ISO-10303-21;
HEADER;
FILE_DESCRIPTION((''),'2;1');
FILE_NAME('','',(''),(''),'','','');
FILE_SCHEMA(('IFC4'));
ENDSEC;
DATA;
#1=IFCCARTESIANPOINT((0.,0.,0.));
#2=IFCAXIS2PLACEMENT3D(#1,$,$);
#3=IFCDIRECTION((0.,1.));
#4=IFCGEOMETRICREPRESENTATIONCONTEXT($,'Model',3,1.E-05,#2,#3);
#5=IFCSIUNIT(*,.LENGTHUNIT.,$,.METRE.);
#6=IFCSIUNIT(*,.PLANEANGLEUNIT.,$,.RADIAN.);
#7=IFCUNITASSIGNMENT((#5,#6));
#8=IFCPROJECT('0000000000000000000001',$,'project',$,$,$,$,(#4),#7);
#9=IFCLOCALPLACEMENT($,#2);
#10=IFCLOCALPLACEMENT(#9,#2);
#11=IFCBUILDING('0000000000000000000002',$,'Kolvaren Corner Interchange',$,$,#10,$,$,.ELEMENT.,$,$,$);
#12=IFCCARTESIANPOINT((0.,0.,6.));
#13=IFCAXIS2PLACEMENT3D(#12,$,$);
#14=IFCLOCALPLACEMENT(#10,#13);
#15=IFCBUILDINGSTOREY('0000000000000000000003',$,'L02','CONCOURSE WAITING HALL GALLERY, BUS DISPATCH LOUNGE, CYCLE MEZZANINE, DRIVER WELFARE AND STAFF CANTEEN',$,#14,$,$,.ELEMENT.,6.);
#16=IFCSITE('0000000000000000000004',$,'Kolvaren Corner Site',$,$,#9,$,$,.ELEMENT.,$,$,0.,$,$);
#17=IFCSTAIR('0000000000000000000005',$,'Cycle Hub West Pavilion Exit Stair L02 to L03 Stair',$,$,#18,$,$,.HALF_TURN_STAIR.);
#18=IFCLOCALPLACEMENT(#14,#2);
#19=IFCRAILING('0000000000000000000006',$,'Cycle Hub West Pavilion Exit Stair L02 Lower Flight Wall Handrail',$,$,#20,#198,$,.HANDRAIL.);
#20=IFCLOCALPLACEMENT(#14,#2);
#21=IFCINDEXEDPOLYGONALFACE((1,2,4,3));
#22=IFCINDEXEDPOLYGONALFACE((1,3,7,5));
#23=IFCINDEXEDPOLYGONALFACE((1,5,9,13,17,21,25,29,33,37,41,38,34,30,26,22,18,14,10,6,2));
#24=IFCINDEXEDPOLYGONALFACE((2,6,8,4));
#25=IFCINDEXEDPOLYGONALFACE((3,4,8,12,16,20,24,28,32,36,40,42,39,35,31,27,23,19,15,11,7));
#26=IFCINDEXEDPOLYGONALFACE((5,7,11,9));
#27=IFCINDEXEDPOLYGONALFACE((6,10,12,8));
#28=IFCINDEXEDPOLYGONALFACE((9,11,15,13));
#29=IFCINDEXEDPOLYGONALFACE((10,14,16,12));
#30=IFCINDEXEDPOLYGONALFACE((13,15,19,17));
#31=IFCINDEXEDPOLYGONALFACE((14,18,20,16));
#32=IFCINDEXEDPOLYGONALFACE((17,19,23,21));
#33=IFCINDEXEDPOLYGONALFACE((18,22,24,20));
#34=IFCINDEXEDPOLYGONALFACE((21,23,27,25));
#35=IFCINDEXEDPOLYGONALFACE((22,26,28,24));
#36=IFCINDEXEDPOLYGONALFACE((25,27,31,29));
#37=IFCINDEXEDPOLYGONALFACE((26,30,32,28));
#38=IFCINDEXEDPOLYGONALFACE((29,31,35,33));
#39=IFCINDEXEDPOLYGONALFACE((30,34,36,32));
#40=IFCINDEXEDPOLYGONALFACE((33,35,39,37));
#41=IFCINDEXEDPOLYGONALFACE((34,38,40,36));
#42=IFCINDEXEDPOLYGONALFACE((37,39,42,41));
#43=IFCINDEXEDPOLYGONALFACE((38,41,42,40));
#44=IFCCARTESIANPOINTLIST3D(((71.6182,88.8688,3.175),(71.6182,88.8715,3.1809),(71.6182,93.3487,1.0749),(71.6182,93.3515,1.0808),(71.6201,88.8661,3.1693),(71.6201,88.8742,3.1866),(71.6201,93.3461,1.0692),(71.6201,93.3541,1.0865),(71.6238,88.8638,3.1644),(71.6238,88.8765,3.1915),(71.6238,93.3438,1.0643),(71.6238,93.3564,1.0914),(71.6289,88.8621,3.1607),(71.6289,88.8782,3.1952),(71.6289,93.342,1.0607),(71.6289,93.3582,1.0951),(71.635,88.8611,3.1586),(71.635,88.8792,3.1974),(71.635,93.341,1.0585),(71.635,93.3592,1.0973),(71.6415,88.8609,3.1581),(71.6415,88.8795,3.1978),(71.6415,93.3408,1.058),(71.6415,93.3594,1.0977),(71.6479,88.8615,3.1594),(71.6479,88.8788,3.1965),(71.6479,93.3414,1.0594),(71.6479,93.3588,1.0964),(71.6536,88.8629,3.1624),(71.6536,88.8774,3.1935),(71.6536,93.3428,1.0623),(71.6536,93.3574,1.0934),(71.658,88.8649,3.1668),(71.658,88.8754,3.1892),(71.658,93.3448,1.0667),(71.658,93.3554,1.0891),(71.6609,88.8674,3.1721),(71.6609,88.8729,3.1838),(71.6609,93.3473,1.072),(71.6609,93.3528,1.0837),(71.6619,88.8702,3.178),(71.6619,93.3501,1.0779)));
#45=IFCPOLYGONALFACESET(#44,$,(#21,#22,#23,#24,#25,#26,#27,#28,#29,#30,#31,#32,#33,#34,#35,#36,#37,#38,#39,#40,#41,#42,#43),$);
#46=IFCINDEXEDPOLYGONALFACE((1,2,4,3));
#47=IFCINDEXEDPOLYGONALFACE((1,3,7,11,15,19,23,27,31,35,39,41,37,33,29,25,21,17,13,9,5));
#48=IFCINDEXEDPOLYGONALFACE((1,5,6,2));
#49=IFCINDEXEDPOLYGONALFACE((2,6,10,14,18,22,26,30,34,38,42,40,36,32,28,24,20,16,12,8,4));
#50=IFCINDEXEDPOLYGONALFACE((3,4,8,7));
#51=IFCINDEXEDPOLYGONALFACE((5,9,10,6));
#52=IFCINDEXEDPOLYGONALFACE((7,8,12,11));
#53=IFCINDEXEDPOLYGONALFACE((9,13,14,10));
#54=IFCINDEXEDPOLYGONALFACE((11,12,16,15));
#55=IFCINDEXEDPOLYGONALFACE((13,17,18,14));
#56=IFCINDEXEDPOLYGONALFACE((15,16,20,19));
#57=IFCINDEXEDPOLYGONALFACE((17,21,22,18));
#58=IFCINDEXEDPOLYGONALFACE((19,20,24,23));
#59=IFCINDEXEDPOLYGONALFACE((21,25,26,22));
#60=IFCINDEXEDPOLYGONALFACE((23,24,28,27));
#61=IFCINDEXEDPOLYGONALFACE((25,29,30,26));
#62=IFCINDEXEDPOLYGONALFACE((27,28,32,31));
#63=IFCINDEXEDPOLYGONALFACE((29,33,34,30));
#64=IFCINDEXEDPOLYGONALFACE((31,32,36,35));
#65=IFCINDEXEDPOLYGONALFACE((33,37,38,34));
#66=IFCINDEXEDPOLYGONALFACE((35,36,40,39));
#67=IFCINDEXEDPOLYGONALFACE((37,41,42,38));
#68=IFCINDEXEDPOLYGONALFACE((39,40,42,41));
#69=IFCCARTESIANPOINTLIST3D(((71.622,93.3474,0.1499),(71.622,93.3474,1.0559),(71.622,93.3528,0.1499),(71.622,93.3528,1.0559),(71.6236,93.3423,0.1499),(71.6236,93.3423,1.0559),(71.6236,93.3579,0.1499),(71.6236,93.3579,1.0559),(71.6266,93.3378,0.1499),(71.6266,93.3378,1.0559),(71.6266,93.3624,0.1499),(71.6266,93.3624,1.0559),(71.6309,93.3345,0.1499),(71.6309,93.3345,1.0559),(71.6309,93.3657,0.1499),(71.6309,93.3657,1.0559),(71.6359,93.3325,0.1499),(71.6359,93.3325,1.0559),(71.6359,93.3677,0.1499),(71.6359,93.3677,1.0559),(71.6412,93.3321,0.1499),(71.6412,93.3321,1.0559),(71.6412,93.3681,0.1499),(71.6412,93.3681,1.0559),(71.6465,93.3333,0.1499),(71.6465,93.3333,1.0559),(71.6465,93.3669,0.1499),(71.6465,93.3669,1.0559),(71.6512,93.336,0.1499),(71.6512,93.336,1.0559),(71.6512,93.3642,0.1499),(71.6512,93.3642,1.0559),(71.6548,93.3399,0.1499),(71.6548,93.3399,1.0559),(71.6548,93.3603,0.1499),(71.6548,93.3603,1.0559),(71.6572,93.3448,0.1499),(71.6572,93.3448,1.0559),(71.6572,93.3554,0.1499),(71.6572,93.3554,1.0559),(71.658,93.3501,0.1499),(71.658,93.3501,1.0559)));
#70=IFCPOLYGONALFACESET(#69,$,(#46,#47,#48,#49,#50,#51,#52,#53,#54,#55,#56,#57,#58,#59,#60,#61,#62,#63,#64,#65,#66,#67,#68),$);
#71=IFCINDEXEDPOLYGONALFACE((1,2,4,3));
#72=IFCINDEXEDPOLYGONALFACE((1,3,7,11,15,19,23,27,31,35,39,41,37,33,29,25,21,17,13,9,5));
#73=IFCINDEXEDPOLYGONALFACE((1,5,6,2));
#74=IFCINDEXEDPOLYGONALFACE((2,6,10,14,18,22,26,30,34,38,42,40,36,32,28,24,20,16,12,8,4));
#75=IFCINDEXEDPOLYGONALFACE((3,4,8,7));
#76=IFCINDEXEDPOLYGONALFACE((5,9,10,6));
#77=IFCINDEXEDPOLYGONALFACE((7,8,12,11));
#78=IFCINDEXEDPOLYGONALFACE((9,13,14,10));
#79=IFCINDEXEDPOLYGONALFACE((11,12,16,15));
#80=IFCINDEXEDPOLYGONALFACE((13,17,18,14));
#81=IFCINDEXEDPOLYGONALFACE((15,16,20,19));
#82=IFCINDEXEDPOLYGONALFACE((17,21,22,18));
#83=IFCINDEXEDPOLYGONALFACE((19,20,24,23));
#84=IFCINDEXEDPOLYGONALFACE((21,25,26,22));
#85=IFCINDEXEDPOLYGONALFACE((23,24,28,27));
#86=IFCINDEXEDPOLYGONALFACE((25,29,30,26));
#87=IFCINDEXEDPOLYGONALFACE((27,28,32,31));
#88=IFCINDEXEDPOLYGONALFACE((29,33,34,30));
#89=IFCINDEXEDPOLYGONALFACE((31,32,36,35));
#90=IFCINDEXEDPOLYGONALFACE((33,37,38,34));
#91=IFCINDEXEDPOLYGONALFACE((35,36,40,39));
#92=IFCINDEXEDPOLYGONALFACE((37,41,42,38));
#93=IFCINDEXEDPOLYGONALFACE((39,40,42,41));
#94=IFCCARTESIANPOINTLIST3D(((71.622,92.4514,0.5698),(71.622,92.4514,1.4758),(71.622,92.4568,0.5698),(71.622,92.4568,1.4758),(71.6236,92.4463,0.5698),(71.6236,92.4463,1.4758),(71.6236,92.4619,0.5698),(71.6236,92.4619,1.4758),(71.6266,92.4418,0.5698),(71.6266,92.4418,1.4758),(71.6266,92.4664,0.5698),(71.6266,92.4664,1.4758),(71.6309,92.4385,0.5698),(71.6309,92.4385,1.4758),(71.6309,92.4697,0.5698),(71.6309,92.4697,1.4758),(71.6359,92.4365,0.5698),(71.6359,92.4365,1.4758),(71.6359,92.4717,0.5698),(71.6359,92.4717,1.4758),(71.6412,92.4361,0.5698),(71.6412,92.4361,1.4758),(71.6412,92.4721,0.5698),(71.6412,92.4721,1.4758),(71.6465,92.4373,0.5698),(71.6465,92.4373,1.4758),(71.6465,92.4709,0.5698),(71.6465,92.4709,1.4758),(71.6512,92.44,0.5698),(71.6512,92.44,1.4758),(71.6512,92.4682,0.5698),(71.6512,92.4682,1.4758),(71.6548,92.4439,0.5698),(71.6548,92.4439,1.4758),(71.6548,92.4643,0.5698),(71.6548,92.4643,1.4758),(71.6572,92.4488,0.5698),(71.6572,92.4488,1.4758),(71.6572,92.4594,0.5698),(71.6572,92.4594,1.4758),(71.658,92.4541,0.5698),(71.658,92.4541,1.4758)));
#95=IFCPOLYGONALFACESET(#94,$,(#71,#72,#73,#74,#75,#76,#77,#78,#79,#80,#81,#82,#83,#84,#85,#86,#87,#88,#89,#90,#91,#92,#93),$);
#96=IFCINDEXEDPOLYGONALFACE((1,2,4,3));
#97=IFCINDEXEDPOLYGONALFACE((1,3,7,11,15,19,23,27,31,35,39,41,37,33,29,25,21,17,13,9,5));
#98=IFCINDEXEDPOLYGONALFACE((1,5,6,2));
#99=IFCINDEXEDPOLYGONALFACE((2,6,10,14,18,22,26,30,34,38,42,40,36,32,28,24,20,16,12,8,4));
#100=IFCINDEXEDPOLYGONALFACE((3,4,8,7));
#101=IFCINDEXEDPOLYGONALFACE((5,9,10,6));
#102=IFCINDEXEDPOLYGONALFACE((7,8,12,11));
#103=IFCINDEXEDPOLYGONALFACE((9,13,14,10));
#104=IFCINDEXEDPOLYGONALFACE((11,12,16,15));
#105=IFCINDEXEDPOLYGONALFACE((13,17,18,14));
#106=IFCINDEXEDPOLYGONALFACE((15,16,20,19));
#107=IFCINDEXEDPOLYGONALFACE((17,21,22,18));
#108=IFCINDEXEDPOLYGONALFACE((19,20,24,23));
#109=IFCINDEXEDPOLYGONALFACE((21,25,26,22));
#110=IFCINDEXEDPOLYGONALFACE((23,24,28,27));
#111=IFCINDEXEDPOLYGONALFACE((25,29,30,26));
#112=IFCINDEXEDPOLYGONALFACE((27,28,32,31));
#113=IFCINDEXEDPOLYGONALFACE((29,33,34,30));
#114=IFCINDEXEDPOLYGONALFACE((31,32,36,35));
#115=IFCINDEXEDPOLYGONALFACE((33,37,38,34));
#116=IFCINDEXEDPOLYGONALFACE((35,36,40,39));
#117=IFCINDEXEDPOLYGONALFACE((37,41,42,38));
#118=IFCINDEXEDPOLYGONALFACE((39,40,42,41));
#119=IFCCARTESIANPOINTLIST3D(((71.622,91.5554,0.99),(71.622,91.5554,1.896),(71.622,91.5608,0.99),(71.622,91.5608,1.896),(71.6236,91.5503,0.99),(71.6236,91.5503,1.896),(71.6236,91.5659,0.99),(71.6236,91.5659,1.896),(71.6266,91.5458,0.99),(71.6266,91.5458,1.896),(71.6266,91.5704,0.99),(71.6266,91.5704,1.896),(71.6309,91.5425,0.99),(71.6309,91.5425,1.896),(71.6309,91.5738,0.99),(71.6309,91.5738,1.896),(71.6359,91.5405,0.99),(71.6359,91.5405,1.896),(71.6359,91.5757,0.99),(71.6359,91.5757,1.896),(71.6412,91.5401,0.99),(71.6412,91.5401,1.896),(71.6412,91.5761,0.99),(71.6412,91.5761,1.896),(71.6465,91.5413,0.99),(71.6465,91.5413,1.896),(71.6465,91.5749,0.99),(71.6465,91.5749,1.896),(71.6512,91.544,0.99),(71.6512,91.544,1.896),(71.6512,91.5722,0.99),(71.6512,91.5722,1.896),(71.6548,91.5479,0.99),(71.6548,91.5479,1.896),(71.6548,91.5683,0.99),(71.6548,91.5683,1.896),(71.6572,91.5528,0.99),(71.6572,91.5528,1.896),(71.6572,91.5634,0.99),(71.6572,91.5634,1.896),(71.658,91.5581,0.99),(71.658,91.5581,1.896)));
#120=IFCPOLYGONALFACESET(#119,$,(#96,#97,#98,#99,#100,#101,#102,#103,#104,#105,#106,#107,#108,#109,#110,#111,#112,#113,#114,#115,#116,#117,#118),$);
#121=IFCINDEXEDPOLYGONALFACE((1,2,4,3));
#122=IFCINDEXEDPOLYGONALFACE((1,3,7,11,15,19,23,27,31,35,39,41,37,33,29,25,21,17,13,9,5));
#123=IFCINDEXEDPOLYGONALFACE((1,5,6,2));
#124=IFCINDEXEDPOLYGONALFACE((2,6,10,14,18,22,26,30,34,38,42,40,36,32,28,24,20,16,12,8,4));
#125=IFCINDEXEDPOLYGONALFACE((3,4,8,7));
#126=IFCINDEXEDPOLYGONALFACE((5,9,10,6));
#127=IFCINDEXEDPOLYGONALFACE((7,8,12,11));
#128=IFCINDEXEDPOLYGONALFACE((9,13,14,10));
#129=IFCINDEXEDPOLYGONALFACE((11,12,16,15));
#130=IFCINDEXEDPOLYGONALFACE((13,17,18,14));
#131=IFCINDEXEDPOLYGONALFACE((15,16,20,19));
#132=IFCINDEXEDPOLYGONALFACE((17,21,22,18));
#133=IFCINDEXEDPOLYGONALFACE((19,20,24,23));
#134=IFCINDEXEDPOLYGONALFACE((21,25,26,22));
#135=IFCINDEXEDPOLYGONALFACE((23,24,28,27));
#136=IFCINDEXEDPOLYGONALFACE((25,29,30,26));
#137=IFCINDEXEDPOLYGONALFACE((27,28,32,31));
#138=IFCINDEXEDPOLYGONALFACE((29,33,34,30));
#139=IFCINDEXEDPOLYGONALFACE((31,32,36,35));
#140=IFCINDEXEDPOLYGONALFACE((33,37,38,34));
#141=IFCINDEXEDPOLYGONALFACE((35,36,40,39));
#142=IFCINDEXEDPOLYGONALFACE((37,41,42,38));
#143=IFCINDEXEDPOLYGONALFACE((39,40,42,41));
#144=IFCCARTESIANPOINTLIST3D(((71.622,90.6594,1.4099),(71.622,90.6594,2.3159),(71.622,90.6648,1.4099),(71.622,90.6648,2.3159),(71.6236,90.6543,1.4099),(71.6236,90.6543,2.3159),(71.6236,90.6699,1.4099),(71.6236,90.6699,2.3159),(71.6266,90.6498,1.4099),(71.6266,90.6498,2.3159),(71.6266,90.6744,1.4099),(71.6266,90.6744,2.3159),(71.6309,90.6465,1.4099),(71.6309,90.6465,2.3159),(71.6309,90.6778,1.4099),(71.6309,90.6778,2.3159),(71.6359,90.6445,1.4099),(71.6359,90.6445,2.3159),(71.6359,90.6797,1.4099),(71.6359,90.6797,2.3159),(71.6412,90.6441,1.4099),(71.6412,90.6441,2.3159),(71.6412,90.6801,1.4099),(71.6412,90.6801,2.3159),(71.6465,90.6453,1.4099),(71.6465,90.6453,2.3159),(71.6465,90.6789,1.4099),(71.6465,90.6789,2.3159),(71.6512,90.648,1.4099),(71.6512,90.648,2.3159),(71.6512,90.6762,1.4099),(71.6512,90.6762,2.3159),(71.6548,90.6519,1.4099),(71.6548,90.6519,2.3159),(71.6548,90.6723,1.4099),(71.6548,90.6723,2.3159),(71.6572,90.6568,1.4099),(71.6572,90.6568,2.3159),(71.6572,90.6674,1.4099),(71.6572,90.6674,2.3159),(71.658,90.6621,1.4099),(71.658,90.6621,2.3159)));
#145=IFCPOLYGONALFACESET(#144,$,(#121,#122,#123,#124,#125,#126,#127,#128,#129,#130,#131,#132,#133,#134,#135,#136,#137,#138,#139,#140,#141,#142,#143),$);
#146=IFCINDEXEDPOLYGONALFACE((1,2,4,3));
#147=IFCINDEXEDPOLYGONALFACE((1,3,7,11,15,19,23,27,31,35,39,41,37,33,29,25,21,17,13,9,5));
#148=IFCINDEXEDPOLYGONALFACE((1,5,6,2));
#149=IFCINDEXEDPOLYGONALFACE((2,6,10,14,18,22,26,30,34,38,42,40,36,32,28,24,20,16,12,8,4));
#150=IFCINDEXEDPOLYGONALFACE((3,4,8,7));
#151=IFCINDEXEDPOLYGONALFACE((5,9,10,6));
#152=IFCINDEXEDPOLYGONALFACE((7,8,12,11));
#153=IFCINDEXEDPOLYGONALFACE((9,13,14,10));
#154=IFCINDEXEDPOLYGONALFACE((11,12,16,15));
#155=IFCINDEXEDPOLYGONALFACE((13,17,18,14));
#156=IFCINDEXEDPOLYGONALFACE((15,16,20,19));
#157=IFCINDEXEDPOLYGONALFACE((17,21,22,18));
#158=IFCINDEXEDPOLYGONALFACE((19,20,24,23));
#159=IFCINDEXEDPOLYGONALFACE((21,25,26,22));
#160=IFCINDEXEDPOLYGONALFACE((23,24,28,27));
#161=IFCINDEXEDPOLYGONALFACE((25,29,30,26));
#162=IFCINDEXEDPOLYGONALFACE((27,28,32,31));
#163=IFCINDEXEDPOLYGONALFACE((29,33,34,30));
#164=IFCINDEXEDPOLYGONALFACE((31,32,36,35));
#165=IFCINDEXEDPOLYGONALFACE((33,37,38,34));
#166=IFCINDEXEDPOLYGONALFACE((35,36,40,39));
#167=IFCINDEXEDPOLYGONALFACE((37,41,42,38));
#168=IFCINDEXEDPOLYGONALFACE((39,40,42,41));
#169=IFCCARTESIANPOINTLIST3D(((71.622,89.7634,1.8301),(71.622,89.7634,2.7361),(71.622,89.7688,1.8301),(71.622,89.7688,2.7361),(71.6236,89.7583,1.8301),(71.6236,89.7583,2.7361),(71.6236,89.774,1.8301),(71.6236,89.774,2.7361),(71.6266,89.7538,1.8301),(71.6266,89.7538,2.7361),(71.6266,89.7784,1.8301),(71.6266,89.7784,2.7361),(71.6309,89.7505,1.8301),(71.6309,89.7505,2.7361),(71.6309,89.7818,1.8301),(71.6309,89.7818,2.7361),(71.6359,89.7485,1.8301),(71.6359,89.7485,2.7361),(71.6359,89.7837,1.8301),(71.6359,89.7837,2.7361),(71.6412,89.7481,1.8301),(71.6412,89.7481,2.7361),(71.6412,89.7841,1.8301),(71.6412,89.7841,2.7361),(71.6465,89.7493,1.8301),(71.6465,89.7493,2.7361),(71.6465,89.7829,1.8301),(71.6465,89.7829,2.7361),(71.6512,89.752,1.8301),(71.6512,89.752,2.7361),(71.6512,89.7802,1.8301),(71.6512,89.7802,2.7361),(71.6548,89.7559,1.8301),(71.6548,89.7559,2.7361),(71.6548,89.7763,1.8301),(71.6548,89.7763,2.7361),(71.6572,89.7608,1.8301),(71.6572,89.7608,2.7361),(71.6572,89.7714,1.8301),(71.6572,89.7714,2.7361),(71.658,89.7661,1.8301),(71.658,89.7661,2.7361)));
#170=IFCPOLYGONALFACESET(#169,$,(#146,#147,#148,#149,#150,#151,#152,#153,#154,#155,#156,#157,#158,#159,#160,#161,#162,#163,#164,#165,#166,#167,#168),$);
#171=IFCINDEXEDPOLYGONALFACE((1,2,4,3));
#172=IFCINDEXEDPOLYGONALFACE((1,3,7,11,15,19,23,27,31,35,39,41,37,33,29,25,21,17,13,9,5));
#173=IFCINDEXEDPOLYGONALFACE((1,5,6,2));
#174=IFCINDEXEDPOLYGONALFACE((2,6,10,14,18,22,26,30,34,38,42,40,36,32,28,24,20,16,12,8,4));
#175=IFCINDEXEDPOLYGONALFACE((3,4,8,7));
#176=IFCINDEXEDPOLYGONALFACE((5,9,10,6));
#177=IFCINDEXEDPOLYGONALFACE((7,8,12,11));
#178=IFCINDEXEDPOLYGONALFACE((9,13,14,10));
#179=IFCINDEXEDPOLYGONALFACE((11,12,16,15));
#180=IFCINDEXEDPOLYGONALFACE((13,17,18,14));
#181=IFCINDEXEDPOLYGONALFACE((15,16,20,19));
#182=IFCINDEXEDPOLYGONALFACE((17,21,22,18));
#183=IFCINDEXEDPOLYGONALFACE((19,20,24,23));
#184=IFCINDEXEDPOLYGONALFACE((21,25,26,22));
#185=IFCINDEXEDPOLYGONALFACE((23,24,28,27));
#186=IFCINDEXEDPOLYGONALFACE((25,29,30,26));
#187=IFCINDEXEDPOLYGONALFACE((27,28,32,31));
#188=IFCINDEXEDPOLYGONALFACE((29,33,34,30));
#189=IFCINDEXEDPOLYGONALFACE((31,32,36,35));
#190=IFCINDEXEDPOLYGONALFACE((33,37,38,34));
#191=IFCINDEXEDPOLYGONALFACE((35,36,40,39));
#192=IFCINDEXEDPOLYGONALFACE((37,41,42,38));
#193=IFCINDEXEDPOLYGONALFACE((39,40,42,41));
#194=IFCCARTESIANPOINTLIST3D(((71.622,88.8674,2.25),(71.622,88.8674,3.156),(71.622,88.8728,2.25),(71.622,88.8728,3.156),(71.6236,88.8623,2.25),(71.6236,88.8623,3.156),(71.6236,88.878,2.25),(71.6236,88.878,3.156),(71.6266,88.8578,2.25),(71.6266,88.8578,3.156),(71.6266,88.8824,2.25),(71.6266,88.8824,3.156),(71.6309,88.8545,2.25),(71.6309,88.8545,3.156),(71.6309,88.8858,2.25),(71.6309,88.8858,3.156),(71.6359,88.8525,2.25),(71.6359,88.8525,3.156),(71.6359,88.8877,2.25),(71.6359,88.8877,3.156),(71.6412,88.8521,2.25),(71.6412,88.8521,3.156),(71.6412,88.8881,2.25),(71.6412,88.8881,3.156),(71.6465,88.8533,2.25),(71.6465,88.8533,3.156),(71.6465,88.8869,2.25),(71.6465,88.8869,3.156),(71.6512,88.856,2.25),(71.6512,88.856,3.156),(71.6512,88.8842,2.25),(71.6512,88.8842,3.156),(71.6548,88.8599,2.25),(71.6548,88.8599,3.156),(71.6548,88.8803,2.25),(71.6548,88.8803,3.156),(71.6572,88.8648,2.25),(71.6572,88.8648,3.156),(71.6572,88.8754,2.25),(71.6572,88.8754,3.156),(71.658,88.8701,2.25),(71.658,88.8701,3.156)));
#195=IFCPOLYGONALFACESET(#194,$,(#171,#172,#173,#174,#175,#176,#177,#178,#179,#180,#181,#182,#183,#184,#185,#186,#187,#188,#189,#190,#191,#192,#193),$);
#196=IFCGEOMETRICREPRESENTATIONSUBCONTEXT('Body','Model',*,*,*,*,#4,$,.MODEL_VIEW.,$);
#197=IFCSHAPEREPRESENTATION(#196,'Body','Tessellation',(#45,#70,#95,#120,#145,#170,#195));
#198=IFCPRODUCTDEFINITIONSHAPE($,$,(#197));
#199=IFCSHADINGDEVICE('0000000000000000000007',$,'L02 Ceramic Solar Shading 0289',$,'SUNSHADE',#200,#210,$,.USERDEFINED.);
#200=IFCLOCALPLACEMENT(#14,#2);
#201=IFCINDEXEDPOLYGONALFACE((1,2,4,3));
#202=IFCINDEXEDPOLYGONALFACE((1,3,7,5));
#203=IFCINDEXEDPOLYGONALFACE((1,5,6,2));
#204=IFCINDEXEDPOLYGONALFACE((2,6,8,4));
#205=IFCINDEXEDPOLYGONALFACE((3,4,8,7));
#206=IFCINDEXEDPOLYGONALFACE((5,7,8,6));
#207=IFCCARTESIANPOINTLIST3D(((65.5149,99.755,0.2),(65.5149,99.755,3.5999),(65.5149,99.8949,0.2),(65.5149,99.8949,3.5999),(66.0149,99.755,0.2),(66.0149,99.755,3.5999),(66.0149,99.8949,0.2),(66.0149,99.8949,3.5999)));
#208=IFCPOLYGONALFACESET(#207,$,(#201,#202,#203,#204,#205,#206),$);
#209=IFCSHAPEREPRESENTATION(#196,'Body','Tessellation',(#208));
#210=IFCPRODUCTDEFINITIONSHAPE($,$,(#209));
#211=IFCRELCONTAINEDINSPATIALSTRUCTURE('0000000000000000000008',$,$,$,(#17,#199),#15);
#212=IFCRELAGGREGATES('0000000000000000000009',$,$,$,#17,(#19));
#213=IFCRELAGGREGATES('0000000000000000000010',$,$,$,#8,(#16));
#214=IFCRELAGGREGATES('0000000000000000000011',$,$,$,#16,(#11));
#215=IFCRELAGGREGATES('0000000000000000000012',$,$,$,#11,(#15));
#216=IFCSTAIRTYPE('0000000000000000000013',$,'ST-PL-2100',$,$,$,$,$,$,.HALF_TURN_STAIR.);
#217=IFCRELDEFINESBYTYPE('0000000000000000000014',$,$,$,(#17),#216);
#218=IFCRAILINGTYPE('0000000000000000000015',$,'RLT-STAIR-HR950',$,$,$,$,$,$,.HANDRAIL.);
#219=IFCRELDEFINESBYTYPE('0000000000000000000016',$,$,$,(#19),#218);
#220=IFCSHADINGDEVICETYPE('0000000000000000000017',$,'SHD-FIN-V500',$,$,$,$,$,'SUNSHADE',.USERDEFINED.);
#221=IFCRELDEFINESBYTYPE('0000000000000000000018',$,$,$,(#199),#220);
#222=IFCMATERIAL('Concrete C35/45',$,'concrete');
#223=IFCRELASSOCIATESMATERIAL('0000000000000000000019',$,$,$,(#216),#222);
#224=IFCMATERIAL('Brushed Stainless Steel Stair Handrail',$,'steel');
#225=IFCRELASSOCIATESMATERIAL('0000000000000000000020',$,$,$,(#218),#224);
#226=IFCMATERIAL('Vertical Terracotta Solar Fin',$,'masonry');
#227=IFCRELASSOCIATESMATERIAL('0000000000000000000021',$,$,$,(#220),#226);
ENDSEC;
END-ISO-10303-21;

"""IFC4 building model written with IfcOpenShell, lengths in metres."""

from ifc_helpers import new_model, si_unit, direction, frame, origin, origin_2d, place, context, subcontext, project, spatial, rectangle, circle, extrude, material, type_object, element, aggregate, save


model = new_model("IFC4")

# Units and contexts
model_context = context("Model", 3, precision=1e-05, world=origin(), true_north=direction((0.0, 1.0)))
body_context = subcontext(model_context, "Body", "Model", "MODEL_VIEW")
ifc_project = project(units=[si_unit("LENGTHUNIT", "METRE"), si_unit("PLANEANGLEUNIT", "RADIAN")], contexts=[model_context])

# Site, building, storey
site_placement = place(None, origin())
site = spatial("IfcSite", under=ifc_project, at=site_placement, Name="Kolvaren Corner Site", CompositionType="ELEMENT", RefElevation=0.0)
building_placement = place(site_placement, origin())
building = spatial("IfcBuilding", under=site, at=building_placement, Name="Kolvaren Corner Interchange", CompositionType="ELEMENT")
storey_placement = place(building_placement, frame((0.0, 0.0, 6.0)))
storey = spatial("IfcBuildingStorey", under=building, at=storey_placement, Name="L02", Description="CONCOURSE WAITING HALL GALLERY, BUS DISPATCH LOUNGE, CYCLE MEZZANINE, DRIVER WELFARE AND STAFF CANTEEN", CompositionType="ELEMENT", Elevation=6.0)

# Stair
ifc_material_1 = material(Name="Concrete C35/45", Category="concrete")
stair_type = type_object("IfcStairType", Name="ST-PL-2100", PredefinedType="HALF_TURN_STAIR", material=ifc_material_1)
stair_placement = place(storey_placement, origin())
stair = element("IfcStair", 1, at=stair_placement, inside=storey, type_object=stair_type, Name="Cycle Hub West Pavilion Exit Stair L02 to L03 Stair", PredefinedType="HALF_TURN_STAIR")

# Railing
ifc_material_2 = material(Name="Brushed Stainless Steel Stair Handrail", Category="steel")
railing_type_1 = type_object("IfcRailingType", Name="RLT-STAIR-HR950", PredefinedType="HANDRAIL", material=ifc_material_2)
railing_1_placement = place(storey_placement, frame((71.6399, 93.3501, 0.1499)))
railing_1 = element("IfcRailing", 2, at=railing_1_placement, type_object=railing_type_1, Name="Cycle Hub West Pavilion Exit Stair L02 Lower Flight Wall Handrail", PredefinedType="HANDRAIL", context=body_context, shape_type="SweptSolid", body=[
    extrude(circle(Radius=0.022, at=origin_2d()), frame((0.0, 0.0, 0.928), z_axis=(0.0, -0.905451, 0.424452), x_axis=(1.0, 0.0, 0.0)), (0.0, 0.0, 1.0), 4.9478),
    extrude(circle(Radius=0.0181, at=origin_2d()), origin(), (0.0, 0.0, 1.0), 0.906),
    extrude(circle(Radius=0.0181, at=origin_2d()), frame((0.0, -0.896, 0.4199)), (0.0, 0.0, 1.0), 0.906),
    extrude(circle(Radius=0.0181, at=origin_2d()), frame((0.0, -1.792, 0.8401)), (0.0, 0.0, 1.0), 0.906),
    extrude(circle(Radius=0.0181, at=origin_2d()), frame((0.0, -2.688, 1.26)), (0.0, 0.0, 1.0), 0.906),
    extrude(circle(Radius=0.0181, at=origin_2d()), frame((0.0, -3.584, 1.6802)), (0.0, 0.0, 1.0), 0.906),
    extrude(circle(Radius=0.0181, at=origin_2d()), frame((0.0, -4.48, 2.1001)), (0.0, 0.0, 1.0), 0.906),
])
aggregate(stair, [railing_1])

# Shading device
ifc_material_3 = material(Name="Vertical Terracotta Solar Fin", Category="masonry")
shading_device_type = type_object("IfcShadingDeviceType", Name="SHD-FIN-V500", ElementType="SUNSHADE", PredefinedType="USERDEFINED", material=ifc_material_3)
for number, where, z_axis, x_axis, name in (
    (3, (65.7649, 99.825, 0.2), (0.0, 0.0, 1.0), (0.0, -1.0, 0.0), "L02 Ceramic Solar Shading 0289"),
):
    element("IfcShadingDevice", number, at=place(storey_placement, frame(where, z_axis=z_axis, x_axis=x_axis)), inside=storey, type_object=shading_device_type, Name=name, ObjectType="SUNSHADE", PredefinedType="USERDEFINED", context=body_context, shape_type="SweptSolid", body=[
        extrude(rectangle(XDim=0.1399, YDim=0.5, at=origin_2d()), origin(), (0.0, 0.0, 1.0), 3.3999),
    ])

save(model, "model.ifc")
